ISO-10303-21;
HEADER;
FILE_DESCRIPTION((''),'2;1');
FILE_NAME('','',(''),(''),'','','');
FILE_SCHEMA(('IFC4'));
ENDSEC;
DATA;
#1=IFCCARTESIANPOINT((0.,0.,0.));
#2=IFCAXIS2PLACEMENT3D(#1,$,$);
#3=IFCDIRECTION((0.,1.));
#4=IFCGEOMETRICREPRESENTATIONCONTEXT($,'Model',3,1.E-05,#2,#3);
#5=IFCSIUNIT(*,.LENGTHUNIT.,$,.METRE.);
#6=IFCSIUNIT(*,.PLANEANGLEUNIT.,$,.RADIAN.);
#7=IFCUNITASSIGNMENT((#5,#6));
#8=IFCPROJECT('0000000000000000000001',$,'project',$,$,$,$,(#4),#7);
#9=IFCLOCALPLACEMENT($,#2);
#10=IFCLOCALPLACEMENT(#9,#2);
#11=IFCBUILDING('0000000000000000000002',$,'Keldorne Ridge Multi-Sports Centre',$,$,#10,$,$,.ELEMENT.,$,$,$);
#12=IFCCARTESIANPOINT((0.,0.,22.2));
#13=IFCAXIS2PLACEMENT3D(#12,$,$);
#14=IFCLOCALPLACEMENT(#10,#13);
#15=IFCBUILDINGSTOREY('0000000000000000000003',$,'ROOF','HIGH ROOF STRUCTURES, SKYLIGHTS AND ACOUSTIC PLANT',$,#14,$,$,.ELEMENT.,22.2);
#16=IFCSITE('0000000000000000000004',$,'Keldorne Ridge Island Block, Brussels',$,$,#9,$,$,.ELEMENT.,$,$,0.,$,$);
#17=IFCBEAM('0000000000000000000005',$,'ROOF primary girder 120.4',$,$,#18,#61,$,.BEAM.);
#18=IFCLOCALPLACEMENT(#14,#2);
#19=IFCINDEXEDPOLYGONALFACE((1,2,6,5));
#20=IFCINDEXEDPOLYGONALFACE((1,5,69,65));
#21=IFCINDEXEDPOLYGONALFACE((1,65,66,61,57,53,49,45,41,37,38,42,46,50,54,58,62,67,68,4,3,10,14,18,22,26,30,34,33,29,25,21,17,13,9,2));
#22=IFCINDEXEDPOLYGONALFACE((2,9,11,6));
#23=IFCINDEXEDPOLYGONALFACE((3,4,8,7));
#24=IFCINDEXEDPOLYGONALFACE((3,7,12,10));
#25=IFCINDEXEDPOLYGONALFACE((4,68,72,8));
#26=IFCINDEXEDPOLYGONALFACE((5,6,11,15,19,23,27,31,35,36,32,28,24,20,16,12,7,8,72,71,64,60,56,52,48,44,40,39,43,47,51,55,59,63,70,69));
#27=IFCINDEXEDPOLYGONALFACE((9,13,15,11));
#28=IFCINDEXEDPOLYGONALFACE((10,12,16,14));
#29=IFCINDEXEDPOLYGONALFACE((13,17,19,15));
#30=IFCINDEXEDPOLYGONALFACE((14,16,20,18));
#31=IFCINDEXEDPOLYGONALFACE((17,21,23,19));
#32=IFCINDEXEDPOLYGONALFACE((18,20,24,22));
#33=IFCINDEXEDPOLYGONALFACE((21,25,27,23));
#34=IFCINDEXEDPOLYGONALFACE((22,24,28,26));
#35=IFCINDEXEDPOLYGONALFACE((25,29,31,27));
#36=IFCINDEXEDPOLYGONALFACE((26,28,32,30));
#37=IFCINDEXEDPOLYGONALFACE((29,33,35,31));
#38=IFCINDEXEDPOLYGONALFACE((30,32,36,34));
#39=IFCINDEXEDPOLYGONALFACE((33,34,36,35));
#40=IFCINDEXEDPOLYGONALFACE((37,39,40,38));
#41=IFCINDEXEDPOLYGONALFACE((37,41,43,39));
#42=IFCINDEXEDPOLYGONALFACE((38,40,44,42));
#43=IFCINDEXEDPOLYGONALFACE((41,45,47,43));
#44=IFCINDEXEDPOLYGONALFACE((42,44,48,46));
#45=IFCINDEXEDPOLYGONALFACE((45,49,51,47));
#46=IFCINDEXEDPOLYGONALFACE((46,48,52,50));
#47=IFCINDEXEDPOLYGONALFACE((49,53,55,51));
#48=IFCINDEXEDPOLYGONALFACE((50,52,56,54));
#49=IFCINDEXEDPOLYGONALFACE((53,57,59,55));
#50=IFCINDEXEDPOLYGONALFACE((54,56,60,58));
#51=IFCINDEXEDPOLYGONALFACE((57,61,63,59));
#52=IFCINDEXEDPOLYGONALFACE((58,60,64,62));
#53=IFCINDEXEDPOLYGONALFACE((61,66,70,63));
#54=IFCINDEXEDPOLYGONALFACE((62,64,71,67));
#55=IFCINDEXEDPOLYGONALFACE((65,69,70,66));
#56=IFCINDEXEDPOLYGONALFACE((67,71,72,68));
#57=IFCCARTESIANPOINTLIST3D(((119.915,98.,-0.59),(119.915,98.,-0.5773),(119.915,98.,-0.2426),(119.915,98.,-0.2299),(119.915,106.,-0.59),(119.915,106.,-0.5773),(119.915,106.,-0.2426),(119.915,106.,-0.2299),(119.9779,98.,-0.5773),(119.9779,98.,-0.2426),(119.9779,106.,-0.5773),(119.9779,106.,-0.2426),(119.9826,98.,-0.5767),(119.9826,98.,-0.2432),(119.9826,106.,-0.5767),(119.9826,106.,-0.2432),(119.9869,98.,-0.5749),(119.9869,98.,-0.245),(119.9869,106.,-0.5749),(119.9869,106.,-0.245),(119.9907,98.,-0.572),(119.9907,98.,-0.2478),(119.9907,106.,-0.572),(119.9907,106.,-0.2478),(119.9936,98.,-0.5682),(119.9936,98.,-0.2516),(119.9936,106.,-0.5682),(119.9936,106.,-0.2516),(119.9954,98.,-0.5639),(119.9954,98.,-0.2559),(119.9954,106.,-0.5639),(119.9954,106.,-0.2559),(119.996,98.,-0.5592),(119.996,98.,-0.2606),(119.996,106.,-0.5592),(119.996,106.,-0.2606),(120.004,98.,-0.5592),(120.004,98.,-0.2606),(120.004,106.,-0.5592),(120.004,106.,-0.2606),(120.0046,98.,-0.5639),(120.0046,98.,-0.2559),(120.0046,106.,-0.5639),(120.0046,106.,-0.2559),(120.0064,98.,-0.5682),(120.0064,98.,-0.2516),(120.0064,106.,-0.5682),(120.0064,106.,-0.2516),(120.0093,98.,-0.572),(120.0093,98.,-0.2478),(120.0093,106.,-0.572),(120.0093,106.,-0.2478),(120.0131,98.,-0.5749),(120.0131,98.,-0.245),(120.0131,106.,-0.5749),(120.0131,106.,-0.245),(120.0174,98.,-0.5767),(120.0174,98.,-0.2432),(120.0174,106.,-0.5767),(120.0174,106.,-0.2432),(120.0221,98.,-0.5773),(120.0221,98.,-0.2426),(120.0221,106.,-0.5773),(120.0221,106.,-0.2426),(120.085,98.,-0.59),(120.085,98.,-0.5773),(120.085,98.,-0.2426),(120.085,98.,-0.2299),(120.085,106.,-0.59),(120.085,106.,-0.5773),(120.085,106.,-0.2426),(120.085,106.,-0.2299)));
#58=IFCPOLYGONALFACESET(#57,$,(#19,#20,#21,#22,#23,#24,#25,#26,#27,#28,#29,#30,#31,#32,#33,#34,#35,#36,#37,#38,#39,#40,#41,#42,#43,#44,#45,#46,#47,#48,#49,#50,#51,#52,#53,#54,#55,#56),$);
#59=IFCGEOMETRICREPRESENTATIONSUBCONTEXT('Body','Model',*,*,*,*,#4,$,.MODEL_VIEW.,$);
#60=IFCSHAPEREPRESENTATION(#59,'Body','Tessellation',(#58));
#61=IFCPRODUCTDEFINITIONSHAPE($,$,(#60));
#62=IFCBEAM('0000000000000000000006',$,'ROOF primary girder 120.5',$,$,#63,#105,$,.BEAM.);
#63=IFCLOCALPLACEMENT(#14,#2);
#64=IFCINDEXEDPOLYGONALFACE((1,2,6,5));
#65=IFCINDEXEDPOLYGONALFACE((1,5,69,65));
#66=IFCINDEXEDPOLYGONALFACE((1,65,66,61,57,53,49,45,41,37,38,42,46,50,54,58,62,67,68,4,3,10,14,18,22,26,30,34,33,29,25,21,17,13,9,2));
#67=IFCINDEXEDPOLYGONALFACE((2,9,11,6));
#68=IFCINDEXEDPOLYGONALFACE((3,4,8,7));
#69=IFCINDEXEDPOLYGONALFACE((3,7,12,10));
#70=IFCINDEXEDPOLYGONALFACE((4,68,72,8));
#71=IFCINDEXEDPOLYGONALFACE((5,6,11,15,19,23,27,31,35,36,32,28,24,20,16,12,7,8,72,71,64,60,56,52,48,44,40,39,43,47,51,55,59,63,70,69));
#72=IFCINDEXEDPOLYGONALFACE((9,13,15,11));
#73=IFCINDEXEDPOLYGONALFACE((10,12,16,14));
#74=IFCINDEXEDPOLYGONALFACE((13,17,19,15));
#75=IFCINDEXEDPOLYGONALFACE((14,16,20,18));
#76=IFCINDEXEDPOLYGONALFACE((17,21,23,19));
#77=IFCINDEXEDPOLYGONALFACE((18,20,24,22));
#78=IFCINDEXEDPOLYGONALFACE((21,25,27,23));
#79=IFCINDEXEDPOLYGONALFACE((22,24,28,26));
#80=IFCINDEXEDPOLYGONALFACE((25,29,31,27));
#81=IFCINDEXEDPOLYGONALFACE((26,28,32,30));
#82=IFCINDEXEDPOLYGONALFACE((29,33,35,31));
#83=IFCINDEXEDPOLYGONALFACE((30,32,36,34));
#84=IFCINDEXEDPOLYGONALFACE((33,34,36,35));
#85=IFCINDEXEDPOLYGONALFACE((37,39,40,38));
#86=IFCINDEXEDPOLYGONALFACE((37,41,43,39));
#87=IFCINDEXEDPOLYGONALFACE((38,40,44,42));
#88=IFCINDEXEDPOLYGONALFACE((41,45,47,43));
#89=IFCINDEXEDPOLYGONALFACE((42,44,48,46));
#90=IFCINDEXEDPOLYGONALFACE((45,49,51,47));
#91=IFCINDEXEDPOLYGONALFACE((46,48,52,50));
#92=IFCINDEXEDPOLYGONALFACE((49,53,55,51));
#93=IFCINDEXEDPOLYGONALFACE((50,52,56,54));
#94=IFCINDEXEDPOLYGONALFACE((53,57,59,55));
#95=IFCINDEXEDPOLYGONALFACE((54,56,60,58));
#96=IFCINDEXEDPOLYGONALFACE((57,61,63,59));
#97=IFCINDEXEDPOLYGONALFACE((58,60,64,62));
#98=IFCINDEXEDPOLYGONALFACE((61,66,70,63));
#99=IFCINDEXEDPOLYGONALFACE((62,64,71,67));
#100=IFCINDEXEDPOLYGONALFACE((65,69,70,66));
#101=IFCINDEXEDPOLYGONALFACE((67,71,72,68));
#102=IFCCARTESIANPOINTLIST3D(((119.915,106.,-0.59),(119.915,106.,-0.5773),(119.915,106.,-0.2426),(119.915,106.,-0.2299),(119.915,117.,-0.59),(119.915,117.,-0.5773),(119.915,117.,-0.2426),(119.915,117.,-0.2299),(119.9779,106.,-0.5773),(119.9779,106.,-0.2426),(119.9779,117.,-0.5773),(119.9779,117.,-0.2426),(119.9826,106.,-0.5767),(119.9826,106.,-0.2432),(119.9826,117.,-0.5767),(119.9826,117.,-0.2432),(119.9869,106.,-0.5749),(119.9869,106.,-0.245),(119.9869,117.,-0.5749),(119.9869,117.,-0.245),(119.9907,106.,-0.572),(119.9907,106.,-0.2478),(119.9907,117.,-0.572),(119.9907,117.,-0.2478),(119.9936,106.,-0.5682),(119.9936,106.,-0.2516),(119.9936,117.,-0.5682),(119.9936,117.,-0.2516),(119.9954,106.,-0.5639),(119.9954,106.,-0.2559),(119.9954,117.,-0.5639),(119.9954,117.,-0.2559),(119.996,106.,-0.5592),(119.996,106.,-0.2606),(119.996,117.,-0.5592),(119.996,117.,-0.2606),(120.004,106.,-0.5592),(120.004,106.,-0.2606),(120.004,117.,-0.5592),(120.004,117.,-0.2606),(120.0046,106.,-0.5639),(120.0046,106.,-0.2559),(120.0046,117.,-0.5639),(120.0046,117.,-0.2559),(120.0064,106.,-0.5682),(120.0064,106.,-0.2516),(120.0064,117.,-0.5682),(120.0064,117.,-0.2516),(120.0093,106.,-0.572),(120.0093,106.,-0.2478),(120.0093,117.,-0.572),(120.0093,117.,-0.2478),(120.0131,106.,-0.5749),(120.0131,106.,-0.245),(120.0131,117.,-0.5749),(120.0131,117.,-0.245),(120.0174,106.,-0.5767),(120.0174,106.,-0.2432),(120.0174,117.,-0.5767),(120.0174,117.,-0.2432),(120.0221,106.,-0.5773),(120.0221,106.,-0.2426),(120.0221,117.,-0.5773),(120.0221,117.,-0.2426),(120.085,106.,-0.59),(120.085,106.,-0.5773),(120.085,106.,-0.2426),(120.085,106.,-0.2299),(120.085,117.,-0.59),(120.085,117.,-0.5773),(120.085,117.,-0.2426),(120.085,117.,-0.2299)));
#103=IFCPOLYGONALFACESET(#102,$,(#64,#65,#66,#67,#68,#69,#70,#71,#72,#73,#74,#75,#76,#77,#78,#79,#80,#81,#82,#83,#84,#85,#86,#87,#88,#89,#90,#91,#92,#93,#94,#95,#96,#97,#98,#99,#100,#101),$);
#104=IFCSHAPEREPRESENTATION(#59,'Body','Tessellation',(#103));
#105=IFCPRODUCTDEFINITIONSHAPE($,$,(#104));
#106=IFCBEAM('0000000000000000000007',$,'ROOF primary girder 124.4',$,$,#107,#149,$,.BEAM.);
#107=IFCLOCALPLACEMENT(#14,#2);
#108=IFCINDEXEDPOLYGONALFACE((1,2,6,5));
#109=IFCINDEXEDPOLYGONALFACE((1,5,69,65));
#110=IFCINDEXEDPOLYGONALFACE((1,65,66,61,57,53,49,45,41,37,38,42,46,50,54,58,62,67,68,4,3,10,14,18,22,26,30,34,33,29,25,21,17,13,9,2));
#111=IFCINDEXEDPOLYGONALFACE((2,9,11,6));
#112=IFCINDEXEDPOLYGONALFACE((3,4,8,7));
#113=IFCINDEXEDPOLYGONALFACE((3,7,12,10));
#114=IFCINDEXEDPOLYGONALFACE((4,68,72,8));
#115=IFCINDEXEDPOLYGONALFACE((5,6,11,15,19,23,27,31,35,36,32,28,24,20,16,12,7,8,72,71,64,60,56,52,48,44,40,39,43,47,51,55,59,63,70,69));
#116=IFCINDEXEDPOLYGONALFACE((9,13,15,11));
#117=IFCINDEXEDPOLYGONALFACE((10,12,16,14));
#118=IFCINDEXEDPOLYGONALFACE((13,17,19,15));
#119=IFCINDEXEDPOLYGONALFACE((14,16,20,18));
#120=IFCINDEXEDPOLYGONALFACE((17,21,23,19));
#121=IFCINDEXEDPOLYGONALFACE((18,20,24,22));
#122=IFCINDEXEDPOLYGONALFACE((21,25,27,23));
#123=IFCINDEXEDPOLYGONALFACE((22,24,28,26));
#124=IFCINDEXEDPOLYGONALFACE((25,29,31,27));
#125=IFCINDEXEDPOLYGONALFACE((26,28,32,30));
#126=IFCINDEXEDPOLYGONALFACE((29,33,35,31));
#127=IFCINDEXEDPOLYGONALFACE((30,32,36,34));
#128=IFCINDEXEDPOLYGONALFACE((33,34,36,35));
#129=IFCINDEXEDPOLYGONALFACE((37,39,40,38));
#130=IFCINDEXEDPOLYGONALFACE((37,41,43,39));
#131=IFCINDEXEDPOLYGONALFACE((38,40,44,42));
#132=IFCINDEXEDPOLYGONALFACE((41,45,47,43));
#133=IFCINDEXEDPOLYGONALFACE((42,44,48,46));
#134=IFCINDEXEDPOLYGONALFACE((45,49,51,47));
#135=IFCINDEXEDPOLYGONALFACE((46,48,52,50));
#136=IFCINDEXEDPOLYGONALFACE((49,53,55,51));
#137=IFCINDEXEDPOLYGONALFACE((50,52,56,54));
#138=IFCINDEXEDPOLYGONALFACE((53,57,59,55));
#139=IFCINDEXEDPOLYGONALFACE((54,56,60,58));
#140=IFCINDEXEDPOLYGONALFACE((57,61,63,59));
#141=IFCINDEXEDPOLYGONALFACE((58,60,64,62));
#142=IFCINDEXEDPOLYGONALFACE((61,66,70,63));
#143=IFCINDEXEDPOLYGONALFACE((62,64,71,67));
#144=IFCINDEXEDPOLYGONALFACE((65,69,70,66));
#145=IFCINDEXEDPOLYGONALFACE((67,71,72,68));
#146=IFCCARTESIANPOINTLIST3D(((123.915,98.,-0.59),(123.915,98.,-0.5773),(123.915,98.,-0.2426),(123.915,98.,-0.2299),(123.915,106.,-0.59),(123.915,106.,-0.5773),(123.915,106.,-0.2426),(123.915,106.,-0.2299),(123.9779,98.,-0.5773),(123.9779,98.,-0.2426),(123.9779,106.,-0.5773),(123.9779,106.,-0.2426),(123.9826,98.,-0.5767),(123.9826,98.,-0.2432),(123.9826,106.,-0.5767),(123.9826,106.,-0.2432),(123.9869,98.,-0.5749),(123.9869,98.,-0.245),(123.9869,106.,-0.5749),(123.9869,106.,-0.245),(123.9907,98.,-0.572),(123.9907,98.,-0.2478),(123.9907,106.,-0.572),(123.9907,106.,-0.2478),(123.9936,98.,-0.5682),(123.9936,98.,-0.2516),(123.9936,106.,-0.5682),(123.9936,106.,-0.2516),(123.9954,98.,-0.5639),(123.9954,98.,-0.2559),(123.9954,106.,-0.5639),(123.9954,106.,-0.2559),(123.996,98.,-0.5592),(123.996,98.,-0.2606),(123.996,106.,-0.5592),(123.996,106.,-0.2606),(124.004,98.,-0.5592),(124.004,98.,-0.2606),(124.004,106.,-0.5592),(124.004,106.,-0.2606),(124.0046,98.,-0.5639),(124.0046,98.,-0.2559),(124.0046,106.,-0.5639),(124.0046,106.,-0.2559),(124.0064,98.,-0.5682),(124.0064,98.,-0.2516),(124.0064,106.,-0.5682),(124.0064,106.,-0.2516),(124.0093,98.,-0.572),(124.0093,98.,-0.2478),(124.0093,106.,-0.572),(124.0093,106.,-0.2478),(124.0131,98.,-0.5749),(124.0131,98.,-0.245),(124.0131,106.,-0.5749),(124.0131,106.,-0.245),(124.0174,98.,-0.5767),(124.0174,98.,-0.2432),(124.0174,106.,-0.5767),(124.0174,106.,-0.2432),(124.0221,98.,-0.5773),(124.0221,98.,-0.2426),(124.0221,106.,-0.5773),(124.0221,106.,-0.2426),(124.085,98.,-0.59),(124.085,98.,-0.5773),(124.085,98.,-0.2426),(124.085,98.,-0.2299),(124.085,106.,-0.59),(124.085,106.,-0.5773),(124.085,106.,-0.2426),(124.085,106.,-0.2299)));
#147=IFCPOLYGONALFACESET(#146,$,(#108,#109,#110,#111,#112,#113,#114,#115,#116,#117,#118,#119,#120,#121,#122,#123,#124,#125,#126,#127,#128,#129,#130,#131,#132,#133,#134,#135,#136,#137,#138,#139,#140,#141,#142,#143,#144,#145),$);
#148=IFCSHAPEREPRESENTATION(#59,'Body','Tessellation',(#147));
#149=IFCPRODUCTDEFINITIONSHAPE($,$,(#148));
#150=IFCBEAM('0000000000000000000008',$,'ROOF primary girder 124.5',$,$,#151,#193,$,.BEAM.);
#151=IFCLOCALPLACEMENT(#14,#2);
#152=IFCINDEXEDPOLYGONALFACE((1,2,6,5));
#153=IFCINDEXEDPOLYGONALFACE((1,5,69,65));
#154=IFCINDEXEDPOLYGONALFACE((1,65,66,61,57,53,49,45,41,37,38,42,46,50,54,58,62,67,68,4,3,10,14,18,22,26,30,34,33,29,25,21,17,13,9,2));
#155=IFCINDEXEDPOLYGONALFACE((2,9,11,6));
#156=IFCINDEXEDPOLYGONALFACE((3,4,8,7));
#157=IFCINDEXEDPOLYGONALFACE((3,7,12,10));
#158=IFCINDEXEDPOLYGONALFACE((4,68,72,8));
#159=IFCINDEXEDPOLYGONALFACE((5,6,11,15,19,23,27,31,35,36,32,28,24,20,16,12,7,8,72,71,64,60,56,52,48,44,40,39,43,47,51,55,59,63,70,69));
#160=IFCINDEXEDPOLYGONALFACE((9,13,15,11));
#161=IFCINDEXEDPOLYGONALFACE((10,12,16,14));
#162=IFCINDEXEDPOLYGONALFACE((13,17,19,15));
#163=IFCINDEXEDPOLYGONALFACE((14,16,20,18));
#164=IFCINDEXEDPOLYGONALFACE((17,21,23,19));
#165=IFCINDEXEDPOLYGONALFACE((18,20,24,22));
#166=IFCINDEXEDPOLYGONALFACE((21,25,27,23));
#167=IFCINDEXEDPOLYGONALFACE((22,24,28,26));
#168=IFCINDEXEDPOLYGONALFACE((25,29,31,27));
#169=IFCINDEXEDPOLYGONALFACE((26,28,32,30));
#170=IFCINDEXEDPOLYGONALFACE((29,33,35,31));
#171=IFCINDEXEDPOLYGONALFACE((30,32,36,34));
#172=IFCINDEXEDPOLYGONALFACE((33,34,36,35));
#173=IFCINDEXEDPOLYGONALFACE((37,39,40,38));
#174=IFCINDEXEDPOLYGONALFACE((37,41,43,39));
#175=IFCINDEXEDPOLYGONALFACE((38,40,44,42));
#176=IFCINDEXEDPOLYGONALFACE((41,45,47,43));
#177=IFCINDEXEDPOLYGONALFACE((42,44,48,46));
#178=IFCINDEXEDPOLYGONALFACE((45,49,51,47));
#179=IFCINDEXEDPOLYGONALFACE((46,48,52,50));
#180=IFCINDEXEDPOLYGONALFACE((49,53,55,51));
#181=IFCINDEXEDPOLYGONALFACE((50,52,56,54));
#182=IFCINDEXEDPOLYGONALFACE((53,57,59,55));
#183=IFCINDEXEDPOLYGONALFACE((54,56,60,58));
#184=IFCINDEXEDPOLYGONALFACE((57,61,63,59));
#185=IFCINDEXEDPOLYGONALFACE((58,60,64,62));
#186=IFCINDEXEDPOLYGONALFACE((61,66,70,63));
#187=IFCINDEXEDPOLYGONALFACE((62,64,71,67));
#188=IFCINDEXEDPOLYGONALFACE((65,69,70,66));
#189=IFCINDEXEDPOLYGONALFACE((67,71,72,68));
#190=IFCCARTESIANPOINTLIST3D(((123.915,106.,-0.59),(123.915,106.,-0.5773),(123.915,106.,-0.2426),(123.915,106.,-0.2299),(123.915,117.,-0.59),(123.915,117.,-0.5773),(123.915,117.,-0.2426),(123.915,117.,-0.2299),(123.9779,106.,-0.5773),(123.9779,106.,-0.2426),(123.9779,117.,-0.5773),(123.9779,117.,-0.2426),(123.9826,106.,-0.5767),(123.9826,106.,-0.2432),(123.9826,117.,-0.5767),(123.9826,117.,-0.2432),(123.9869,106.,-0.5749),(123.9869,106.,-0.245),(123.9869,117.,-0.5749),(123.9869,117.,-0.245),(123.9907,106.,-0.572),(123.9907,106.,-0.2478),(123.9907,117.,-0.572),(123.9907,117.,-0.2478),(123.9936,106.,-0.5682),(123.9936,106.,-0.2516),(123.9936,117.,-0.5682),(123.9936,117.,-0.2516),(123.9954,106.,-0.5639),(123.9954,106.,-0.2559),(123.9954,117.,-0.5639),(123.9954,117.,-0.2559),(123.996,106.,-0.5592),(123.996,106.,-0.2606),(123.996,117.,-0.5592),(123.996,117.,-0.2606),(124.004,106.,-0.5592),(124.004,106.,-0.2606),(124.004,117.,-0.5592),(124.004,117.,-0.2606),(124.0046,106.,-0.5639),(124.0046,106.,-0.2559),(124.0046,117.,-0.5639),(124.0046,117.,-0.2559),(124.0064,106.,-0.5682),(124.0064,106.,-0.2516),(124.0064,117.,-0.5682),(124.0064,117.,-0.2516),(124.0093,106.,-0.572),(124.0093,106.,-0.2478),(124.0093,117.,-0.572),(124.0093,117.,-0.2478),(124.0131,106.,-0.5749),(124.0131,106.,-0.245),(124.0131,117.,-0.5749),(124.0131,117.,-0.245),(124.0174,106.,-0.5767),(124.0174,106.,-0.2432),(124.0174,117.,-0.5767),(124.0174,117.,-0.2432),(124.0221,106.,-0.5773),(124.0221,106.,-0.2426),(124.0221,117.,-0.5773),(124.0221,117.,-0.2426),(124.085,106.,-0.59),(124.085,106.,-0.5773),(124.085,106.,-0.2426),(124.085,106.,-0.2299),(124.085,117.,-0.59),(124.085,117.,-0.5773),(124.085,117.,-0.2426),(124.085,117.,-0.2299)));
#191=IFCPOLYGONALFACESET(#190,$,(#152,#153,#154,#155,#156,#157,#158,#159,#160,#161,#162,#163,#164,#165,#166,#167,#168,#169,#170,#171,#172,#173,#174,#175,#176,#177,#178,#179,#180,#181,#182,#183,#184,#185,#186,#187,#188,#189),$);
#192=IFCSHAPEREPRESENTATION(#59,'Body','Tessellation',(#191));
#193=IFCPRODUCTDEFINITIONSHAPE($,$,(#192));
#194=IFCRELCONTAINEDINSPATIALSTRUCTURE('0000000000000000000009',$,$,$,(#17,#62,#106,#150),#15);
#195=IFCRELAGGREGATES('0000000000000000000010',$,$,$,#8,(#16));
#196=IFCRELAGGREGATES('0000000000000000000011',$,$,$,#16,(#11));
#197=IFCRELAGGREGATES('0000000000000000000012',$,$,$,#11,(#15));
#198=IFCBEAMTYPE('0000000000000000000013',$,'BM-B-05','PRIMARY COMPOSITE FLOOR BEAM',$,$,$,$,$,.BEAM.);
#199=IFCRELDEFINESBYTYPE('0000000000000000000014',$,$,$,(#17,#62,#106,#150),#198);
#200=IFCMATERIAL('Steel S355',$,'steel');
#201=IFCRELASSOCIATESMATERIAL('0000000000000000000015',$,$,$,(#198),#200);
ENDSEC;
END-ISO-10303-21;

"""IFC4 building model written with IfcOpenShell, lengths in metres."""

from ifc_helpers import new_model, si_unit, direction, frame, origin, origin_2d, place, context, subcontext, project, spatial, i_section, extrude, material, material_profile, profile_set, type_object, element, save


model = new_model("IFC4")

# Units and contexts
model_context = context("Model", 3, precision=1e-05, world=origin(), true_north=direction((0.0, 1.0)))
body_context = subcontext(model_context, "Body", "Model", "MODEL_VIEW")
ifc_project = project(units=[si_unit("LENGTHUNIT", "METRE"), si_unit("PLANEANGLEUNIT", "RADIAN")], contexts=[model_context])

# Site, building, storey
site_placement = place(None, origin())
site = spatial("IfcSite", under=ifc_project, at=site_placement, Name="Keldorne Ridge Island Block, Brussels", CompositionType="ELEMENT", RefElevation=0.0)
building_placement = place(site_placement, origin())
building = spatial("IfcBuilding", under=site, at=building_placement, Name="Keldorne Ridge Multi-Sports Centre", CompositionType="ELEMENT")
storey_placement = place(building_placement, frame((0.0, 0.0, 22.2)))
storey = spatial("IfcBuildingStorey", under=building, at=storey_placement, Name="ROOF", Description="HIGH ROOF STRUCTURES, SKYLIGHTS AND ACOUSTIC PLANT", CompositionType="ELEMENT", Elevation=22.2)

# Beams
ifc_material_1 = material(Name="Steel S355", Category="steel")
ifc_material_profile_1 = material_profile(ifc_material_1, i_section(OverallWidth=0.1699, OverallDepth=0.3601, WebThickness=0.0081, FlangeThickness=0.0127, FilletRadius=0.0181, at=origin_2d()), Name="IPE 360")
ifc_profile_set_1 = profile_set([ifc_material_profile_1], Name="Steel S355")
beam_type_1 = type_object("IfcBeamType", Name="BM-B-05", Description="PRIMARY COMPOSITE FLOOR BEAM", PredefinedType="BEAM", material=ifc_profile_set_1)
beam_1_placement = place(storey_placement, frame((120.0, 98.0, -0.4099), z_axis=(0.0, 1.0, 0.0), x_axis=(-1.0, 0.0, 0.0)))
element("IfcBeam", 1, at=beam_1_placement, inside=storey, type_object=beam_type_1, Name="ROOF primary girder 120.4", PredefinedType="BEAM", context=body_context, shape_type="SweptSolid", body=[
    extrude(i_section(OverallWidth=0.1699, OverallDepth=0.3601, WebThickness=0.0081, FlangeThickness=0.0127, FilletRadius=0.0181, at=origin_2d()), origin(), (0.0, 0.0, 1.0), 8.0),
])
beam_2_placement = place(storey_placement, frame((120.0, 106.0, -0.4099), z_axis=(0.0, 1.0, 0.0), x_axis=(-1.0, 0.0, 0.0)))
element("IfcBeam", 2, at=beam_2_placement, inside=storey, type_object=beam_type_1, Name="ROOF primary girder 120.5", PredefinedType="BEAM", context=body_context, shape_type="SweptSolid", body=[
    extrude(i_section(OverallWidth=0.1699, OverallDepth=0.3601, WebThickness=0.0081, FlangeThickness=0.0127, FilletRadius=0.0181, at=origin_2d()), origin(), (0.0, 0.0, 1.0), 11.0),
])
beam_3_placement = place(storey_placement, frame((124.0, 98.0, -0.4099), z_axis=(0.0, 1.0, 0.0), x_axis=(-1.0, 0.0, 0.0)))
element("IfcBeam", 3, at=beam_3_placement, inside=storey, type_object=beam_type_1, Name="ROOF primary girder 124.4", PredefinedType="BEAM", context=body_context, shape_type="SweptSolid", body=[
    extrude(i_section(OverallWidth=0.1699, OverallDepth=0.3601, WebThickness=0.0081, FlangeThickness=0.0127, FilletRadius=0.0181, at=origin_2d()), origin(), (0.0, 0.0, 1.0), 8.0),
])
beam_4_placement = place(storey_placement, frame((124.0, 106.0, -0.4099), z_axis=(0.0, 1.0, 0.0), x_axis=(-1.0, 0.0, 0.0)))
element("IfcBeam", 4, at=beam_4_placement, inside=storey, type_object=beam_type_1, Name="ROOF primary girder 124.5", PredefinedType="BEAM", context=body_context, shape_type="SweptSolid", body=[
    extrude(i_section(OverallWidth=0.1699, OverallDepth=0.3601, WebThickness=0.0081, FlangeThickness=0.0127, FilletRadius=0.0181, at=origin_2d()), origin(), (0.0, 0.0, 1.0), 11.0),
])

save(model, "model.ifc")
